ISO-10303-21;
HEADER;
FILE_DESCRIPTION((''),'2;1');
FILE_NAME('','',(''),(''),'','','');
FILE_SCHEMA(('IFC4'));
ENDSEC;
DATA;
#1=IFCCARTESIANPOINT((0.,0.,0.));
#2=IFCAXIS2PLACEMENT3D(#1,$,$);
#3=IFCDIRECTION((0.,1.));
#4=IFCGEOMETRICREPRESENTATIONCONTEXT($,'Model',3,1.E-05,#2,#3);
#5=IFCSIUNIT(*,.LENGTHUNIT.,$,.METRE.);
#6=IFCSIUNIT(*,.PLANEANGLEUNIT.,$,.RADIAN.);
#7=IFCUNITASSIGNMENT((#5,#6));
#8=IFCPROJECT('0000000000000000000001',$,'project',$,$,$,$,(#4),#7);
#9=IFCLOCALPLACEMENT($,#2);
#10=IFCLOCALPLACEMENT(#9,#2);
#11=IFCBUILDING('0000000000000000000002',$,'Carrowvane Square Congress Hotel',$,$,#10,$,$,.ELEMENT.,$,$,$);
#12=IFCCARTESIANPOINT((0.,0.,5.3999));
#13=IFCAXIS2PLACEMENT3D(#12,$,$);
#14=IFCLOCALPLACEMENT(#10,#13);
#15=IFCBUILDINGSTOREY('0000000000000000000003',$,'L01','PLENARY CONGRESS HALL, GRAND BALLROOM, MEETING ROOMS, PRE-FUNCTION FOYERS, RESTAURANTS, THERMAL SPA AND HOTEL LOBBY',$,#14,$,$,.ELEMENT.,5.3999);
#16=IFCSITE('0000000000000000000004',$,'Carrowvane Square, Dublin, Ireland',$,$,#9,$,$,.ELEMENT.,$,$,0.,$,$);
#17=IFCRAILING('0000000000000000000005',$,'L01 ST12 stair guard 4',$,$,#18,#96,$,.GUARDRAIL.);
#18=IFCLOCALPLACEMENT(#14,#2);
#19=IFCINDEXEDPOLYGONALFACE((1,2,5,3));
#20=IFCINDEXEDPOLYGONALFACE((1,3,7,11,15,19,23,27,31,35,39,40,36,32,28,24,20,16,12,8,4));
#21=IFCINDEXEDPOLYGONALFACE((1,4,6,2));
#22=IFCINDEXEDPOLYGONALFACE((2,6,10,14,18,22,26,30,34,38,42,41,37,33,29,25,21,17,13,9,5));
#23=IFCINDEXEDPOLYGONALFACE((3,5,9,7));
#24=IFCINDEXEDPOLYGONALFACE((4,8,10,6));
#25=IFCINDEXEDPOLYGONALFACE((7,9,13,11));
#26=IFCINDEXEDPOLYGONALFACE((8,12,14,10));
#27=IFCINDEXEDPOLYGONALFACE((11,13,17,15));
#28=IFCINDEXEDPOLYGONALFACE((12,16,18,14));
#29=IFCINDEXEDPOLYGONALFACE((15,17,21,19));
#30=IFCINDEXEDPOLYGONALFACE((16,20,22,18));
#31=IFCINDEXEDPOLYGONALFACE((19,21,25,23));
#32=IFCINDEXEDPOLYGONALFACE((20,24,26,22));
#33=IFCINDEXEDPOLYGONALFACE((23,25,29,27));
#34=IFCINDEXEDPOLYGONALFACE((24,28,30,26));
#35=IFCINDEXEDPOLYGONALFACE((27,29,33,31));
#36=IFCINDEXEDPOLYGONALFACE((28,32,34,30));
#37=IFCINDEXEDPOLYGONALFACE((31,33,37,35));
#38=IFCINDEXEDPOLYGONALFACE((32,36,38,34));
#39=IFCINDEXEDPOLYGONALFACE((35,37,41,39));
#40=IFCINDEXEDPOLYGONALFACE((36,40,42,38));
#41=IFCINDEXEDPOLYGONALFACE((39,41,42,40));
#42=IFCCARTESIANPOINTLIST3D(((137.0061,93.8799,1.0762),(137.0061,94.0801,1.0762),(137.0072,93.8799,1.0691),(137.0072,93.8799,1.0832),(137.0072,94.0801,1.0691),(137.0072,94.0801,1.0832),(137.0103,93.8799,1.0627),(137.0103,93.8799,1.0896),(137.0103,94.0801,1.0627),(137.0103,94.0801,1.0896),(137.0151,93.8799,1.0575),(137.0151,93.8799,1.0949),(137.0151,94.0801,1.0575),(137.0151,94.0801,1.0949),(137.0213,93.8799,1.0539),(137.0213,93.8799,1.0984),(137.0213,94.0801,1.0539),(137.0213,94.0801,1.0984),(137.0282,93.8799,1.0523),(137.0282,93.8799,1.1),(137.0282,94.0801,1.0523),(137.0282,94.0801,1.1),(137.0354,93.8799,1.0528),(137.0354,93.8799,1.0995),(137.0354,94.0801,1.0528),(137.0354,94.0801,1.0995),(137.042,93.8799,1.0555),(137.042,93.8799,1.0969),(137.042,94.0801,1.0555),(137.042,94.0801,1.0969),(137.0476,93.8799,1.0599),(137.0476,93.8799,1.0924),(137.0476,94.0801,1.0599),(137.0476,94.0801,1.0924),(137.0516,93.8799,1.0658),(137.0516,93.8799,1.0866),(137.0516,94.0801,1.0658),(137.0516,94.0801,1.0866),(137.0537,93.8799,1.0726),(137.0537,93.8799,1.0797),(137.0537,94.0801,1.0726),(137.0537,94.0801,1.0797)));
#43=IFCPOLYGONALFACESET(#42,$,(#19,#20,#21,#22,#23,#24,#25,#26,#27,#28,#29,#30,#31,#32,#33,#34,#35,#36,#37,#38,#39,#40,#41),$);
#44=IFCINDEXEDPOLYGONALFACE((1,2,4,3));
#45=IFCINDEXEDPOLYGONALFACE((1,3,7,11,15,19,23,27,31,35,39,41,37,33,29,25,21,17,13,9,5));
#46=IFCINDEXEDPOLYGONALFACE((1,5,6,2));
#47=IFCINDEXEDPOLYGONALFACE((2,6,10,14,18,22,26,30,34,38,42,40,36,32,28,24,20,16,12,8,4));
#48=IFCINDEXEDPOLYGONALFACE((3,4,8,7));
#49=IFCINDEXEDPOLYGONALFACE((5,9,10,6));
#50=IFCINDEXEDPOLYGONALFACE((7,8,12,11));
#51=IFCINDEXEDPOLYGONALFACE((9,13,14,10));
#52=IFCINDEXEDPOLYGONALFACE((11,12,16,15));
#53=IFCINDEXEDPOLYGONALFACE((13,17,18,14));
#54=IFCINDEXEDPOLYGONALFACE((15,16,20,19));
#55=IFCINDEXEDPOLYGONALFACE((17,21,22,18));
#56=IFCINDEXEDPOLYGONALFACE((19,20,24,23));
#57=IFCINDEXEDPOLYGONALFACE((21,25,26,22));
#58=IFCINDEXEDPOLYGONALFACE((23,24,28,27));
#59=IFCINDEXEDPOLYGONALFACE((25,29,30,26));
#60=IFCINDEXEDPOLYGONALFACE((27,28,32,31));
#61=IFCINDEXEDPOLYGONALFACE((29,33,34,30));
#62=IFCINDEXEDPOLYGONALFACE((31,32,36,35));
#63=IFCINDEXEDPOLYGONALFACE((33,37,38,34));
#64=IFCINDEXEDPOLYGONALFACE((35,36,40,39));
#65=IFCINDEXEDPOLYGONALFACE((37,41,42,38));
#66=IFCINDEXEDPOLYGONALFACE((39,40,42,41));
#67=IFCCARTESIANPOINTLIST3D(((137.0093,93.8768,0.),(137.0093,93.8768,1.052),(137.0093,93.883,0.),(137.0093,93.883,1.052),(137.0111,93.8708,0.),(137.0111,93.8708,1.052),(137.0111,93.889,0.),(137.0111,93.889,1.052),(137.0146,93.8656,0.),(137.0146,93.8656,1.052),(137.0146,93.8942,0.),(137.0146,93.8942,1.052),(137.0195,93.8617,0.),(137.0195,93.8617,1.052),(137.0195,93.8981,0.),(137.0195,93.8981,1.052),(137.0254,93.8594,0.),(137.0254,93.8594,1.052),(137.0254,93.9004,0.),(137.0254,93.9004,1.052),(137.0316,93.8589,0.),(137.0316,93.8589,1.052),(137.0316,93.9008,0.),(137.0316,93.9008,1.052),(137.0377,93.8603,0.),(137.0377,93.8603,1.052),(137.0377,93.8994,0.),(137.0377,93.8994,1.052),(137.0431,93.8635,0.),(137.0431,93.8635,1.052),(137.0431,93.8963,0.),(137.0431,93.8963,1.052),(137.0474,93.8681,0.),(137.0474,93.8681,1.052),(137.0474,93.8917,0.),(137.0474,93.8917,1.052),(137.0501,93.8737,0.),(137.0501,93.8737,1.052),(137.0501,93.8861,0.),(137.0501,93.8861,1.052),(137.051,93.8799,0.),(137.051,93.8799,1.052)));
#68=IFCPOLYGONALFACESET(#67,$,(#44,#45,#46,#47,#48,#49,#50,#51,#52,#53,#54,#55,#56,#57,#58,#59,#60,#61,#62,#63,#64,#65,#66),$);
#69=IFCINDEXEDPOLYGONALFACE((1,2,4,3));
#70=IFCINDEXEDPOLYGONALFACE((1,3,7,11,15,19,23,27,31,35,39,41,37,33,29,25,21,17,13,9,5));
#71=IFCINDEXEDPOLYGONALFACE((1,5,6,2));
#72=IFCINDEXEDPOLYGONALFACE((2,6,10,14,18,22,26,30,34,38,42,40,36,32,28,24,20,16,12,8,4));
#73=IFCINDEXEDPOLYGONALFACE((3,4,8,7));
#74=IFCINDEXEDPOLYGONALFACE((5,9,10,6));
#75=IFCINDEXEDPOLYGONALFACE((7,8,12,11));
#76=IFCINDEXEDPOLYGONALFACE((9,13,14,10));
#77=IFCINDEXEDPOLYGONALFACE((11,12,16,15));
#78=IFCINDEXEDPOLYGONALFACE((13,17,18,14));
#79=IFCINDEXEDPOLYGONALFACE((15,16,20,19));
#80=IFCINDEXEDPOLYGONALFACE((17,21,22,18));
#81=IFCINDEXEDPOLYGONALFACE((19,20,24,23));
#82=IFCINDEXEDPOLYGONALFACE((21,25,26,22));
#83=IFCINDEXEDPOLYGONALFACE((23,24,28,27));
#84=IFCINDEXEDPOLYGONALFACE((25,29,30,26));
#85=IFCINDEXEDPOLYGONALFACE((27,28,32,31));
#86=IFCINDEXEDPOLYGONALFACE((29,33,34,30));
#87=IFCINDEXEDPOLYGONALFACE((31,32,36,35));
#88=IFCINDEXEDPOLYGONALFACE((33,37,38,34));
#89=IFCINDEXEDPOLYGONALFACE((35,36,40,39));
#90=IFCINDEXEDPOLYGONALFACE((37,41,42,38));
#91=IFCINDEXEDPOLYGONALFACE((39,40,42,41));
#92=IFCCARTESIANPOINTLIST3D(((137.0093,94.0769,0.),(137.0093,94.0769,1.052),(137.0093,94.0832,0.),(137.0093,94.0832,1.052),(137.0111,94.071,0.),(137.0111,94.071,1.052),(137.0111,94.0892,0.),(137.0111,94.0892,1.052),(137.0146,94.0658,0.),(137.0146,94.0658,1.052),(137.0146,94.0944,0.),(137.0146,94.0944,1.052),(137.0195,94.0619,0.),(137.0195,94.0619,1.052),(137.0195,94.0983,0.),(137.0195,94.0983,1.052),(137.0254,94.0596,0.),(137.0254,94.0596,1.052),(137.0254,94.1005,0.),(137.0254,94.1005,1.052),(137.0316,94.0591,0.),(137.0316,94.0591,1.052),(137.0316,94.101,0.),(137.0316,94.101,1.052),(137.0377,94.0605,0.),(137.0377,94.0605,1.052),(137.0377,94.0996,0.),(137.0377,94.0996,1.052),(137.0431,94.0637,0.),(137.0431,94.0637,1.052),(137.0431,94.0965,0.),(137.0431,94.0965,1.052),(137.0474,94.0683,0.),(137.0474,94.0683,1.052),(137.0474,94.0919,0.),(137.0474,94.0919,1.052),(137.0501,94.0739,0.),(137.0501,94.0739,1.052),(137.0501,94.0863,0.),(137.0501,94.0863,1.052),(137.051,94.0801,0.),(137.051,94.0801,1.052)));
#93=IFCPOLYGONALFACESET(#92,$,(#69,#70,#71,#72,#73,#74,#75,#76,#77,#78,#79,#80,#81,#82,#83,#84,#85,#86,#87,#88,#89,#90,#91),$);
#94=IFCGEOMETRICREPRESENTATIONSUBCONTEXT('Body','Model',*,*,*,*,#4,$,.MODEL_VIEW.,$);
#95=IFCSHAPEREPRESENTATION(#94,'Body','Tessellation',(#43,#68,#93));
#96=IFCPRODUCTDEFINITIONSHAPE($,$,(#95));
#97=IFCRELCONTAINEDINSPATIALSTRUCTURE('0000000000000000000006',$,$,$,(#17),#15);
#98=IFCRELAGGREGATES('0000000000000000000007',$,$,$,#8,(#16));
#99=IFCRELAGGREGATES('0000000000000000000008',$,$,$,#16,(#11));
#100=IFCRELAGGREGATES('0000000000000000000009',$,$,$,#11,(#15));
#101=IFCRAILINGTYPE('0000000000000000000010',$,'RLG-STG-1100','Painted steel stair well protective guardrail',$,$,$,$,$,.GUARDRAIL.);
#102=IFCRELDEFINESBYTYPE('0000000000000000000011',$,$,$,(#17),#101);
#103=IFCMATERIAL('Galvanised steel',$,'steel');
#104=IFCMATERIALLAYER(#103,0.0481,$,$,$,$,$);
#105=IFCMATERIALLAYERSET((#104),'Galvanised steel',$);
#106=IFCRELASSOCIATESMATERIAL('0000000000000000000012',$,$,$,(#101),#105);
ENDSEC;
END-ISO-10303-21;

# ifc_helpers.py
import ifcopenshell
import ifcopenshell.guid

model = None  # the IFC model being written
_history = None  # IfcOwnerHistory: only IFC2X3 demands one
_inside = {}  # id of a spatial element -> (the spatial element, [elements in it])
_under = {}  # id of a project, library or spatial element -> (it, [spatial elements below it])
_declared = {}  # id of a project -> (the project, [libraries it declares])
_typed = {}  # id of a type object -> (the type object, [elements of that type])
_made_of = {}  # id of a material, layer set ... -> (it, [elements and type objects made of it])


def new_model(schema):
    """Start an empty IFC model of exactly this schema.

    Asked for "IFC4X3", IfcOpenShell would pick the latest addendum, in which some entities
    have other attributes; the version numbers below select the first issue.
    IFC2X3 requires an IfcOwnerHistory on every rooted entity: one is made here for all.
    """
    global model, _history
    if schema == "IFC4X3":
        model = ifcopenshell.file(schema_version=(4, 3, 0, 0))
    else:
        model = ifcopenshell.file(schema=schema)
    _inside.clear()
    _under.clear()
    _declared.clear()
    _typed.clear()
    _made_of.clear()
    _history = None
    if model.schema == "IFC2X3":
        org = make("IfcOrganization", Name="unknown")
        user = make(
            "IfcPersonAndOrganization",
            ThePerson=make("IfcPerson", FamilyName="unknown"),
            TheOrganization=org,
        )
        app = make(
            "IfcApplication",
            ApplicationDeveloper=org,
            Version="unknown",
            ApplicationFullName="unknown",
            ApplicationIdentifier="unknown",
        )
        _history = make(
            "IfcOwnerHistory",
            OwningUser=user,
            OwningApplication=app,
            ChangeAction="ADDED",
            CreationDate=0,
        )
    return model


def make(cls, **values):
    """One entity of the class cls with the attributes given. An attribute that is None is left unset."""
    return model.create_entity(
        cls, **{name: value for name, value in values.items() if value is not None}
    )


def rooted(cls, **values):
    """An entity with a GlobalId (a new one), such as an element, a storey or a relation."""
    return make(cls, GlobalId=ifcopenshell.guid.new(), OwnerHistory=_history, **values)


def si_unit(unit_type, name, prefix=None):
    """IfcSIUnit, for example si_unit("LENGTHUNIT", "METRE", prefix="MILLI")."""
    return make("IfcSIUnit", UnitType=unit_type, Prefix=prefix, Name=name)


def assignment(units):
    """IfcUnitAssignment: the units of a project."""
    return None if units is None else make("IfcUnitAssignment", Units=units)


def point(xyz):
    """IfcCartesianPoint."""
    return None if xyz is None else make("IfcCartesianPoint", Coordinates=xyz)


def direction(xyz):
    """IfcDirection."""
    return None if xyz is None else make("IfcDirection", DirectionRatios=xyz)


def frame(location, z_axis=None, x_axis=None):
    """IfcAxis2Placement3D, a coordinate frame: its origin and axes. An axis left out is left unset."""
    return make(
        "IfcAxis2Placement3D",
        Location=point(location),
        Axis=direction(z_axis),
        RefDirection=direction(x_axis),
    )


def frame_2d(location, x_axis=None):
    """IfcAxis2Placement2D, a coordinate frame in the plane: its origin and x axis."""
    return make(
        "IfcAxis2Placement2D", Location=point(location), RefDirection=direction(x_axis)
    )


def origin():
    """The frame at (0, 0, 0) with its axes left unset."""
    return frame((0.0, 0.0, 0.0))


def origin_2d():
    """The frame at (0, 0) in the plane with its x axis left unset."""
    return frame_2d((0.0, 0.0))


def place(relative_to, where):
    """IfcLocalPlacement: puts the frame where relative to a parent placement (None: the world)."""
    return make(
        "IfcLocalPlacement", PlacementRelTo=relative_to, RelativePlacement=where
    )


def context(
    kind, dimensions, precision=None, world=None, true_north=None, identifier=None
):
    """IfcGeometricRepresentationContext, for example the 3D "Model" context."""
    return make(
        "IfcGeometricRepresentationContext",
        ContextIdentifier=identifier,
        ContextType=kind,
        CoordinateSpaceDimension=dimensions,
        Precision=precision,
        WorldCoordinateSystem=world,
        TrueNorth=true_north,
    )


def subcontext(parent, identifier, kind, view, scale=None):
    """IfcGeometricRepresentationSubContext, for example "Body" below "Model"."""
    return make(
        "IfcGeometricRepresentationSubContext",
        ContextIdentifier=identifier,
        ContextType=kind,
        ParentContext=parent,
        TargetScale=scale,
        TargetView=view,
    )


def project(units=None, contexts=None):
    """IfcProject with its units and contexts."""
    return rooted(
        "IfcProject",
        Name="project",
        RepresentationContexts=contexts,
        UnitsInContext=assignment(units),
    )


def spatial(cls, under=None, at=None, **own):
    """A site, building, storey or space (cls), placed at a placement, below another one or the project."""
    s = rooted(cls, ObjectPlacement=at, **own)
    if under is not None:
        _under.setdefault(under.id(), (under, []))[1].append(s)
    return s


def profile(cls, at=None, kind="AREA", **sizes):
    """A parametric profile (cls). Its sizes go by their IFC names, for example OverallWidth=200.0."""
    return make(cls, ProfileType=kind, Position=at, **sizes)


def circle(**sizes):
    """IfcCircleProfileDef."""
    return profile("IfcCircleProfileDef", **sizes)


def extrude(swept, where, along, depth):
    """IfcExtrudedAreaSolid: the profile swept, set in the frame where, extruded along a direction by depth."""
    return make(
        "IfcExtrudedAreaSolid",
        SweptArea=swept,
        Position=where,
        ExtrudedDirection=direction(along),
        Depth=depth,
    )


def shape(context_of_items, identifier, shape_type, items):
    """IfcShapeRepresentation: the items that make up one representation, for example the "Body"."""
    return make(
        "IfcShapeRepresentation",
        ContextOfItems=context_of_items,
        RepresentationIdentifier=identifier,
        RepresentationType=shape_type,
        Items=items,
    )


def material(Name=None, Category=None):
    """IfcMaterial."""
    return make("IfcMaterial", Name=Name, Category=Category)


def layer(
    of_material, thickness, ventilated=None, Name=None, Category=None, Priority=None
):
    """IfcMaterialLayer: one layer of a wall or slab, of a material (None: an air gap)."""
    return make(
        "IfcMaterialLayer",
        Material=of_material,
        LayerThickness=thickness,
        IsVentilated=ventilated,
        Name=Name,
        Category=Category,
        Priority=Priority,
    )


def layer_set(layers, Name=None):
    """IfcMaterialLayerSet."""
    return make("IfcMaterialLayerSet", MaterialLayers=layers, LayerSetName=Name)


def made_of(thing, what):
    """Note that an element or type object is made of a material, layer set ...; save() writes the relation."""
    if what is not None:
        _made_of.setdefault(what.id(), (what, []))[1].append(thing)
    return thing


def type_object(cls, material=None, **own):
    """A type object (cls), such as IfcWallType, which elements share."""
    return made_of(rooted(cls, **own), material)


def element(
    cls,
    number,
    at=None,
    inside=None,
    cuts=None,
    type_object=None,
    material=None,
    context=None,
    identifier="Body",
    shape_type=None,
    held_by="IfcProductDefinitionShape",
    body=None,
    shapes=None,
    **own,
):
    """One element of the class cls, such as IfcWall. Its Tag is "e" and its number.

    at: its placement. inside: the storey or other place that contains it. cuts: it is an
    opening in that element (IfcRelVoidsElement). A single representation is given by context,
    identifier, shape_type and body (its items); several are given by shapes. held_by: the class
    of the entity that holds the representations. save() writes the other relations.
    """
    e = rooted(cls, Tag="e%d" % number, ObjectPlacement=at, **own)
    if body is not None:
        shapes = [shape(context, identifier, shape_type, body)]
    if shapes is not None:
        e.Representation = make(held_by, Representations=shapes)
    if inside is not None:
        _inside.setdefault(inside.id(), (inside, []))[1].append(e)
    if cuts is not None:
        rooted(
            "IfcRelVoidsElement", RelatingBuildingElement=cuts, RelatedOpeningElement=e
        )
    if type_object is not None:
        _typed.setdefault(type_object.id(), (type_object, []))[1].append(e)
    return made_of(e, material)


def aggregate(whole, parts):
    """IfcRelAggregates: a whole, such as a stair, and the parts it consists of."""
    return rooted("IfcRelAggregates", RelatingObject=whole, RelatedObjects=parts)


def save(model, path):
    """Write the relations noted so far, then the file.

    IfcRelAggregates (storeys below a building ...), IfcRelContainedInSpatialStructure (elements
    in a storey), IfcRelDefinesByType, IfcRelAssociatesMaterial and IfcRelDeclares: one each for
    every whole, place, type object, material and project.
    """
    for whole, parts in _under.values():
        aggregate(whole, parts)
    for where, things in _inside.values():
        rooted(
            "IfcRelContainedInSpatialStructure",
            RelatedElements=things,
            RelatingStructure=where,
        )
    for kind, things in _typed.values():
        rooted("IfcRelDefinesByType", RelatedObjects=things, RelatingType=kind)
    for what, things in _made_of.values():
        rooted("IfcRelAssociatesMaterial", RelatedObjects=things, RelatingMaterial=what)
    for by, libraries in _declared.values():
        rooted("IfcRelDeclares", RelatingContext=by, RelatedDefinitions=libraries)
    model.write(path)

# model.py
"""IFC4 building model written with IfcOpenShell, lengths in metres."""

from ifc_helpers import new_model, si_unit, direction, frame, origin, origin_2d, place, context, subcontext, project, spatial, circle, extrude, material, layer, layer_set, type_object, element, save


model = new_model("IFC4")

# Units and contexts
model_context = context("Model", 3, precision=1e-05, world=origin(), true_north=direction((0.0, 1.0)))
body_context = subcontext(model_context, "Body", "Model", "MODEL_VIEW")
ifc_project = project(units=[si_unit("LENGTHUNIT", "METRE"), si_unit("PLANEANGLEUNIT", "RADIAN")], contexts=[model_context])

# Site, building, storey
site_placement = place(None, origin())
site = spatial("IfcSite", under=ifc_project, at=site_placement, Name="Carrowvane Square, Dublin, Ireland", CompositionType="ELEMENT", RefElevation=0.0)
building_placement = place(site_placement, origin())
building = spatial("IfcBuilding", under=site, at=building_placement, Name="Carrowvane Square Congress Hotel", CompositionType="ELEMENT")
storey_placement = place(building_placement, frame((0.0, 0.0, 5.3999)))
storey = spatial("IfcBuildingStorey", under=building, at=storey_placement, Name="L01", Description="PLENARY CONGRESS HALL, GRAND BALLROOM, MEETING ROOMS, PRE-FUNCTION FOYERS, RESTAURANTS, THERMAL SPA AND HOTEL LOBBY", CompositionType="ELEMENT", Elevation=5.3999)

# Railing
ifc_material_1 = material(Name="Galvanised steel", Category="steel")
ifc_layer_1 = layer(ifc_material_1, 0.0481)
ifc_layer_set_1 = layer_set([ifc_layer_1], Name="Galvanised steel")
railing_type_1 = type_object("IfcRailingType", Name="RLG-STG-1100", Description="Painted steel stair well protective guardrail", PredefinedType="GUARDRAIL", material=ifc_layer_set_1)
railing_1_placement = place(storey_placement, frame((137.03, 93.8799, 0.0)))
element("IfcRailing", 1, at=railing_1_placement, inside=storey, type_object=railing_type_1, Name="L01 ST12 stair guard 4", PredefinedType="GUARDRAIL", context=body_context, shape_type="SweptSolid", body=[
    extrude(circle(Radius=0.0239, at=origin_2d()), frame((0.0, 0.0, 1.0762), z_axis=(0.0, 1.0, 0.0), x_axis=(-1.0, 0.0, 0.0)), (0.0, 0.0, 1.0), 0.2002),
    extrude(circle(Radius=0.021, at=origin_2d()), origin(), (0.0, 0.0, 1.0), 1.052),
    extrude(circle(Radius=0.021, at=origin_2d()), frame((0.0, 0.2002, 0.0)), (0.0, 0.0, 1.0), 1.052),
])

save(model, "model.ifc")
